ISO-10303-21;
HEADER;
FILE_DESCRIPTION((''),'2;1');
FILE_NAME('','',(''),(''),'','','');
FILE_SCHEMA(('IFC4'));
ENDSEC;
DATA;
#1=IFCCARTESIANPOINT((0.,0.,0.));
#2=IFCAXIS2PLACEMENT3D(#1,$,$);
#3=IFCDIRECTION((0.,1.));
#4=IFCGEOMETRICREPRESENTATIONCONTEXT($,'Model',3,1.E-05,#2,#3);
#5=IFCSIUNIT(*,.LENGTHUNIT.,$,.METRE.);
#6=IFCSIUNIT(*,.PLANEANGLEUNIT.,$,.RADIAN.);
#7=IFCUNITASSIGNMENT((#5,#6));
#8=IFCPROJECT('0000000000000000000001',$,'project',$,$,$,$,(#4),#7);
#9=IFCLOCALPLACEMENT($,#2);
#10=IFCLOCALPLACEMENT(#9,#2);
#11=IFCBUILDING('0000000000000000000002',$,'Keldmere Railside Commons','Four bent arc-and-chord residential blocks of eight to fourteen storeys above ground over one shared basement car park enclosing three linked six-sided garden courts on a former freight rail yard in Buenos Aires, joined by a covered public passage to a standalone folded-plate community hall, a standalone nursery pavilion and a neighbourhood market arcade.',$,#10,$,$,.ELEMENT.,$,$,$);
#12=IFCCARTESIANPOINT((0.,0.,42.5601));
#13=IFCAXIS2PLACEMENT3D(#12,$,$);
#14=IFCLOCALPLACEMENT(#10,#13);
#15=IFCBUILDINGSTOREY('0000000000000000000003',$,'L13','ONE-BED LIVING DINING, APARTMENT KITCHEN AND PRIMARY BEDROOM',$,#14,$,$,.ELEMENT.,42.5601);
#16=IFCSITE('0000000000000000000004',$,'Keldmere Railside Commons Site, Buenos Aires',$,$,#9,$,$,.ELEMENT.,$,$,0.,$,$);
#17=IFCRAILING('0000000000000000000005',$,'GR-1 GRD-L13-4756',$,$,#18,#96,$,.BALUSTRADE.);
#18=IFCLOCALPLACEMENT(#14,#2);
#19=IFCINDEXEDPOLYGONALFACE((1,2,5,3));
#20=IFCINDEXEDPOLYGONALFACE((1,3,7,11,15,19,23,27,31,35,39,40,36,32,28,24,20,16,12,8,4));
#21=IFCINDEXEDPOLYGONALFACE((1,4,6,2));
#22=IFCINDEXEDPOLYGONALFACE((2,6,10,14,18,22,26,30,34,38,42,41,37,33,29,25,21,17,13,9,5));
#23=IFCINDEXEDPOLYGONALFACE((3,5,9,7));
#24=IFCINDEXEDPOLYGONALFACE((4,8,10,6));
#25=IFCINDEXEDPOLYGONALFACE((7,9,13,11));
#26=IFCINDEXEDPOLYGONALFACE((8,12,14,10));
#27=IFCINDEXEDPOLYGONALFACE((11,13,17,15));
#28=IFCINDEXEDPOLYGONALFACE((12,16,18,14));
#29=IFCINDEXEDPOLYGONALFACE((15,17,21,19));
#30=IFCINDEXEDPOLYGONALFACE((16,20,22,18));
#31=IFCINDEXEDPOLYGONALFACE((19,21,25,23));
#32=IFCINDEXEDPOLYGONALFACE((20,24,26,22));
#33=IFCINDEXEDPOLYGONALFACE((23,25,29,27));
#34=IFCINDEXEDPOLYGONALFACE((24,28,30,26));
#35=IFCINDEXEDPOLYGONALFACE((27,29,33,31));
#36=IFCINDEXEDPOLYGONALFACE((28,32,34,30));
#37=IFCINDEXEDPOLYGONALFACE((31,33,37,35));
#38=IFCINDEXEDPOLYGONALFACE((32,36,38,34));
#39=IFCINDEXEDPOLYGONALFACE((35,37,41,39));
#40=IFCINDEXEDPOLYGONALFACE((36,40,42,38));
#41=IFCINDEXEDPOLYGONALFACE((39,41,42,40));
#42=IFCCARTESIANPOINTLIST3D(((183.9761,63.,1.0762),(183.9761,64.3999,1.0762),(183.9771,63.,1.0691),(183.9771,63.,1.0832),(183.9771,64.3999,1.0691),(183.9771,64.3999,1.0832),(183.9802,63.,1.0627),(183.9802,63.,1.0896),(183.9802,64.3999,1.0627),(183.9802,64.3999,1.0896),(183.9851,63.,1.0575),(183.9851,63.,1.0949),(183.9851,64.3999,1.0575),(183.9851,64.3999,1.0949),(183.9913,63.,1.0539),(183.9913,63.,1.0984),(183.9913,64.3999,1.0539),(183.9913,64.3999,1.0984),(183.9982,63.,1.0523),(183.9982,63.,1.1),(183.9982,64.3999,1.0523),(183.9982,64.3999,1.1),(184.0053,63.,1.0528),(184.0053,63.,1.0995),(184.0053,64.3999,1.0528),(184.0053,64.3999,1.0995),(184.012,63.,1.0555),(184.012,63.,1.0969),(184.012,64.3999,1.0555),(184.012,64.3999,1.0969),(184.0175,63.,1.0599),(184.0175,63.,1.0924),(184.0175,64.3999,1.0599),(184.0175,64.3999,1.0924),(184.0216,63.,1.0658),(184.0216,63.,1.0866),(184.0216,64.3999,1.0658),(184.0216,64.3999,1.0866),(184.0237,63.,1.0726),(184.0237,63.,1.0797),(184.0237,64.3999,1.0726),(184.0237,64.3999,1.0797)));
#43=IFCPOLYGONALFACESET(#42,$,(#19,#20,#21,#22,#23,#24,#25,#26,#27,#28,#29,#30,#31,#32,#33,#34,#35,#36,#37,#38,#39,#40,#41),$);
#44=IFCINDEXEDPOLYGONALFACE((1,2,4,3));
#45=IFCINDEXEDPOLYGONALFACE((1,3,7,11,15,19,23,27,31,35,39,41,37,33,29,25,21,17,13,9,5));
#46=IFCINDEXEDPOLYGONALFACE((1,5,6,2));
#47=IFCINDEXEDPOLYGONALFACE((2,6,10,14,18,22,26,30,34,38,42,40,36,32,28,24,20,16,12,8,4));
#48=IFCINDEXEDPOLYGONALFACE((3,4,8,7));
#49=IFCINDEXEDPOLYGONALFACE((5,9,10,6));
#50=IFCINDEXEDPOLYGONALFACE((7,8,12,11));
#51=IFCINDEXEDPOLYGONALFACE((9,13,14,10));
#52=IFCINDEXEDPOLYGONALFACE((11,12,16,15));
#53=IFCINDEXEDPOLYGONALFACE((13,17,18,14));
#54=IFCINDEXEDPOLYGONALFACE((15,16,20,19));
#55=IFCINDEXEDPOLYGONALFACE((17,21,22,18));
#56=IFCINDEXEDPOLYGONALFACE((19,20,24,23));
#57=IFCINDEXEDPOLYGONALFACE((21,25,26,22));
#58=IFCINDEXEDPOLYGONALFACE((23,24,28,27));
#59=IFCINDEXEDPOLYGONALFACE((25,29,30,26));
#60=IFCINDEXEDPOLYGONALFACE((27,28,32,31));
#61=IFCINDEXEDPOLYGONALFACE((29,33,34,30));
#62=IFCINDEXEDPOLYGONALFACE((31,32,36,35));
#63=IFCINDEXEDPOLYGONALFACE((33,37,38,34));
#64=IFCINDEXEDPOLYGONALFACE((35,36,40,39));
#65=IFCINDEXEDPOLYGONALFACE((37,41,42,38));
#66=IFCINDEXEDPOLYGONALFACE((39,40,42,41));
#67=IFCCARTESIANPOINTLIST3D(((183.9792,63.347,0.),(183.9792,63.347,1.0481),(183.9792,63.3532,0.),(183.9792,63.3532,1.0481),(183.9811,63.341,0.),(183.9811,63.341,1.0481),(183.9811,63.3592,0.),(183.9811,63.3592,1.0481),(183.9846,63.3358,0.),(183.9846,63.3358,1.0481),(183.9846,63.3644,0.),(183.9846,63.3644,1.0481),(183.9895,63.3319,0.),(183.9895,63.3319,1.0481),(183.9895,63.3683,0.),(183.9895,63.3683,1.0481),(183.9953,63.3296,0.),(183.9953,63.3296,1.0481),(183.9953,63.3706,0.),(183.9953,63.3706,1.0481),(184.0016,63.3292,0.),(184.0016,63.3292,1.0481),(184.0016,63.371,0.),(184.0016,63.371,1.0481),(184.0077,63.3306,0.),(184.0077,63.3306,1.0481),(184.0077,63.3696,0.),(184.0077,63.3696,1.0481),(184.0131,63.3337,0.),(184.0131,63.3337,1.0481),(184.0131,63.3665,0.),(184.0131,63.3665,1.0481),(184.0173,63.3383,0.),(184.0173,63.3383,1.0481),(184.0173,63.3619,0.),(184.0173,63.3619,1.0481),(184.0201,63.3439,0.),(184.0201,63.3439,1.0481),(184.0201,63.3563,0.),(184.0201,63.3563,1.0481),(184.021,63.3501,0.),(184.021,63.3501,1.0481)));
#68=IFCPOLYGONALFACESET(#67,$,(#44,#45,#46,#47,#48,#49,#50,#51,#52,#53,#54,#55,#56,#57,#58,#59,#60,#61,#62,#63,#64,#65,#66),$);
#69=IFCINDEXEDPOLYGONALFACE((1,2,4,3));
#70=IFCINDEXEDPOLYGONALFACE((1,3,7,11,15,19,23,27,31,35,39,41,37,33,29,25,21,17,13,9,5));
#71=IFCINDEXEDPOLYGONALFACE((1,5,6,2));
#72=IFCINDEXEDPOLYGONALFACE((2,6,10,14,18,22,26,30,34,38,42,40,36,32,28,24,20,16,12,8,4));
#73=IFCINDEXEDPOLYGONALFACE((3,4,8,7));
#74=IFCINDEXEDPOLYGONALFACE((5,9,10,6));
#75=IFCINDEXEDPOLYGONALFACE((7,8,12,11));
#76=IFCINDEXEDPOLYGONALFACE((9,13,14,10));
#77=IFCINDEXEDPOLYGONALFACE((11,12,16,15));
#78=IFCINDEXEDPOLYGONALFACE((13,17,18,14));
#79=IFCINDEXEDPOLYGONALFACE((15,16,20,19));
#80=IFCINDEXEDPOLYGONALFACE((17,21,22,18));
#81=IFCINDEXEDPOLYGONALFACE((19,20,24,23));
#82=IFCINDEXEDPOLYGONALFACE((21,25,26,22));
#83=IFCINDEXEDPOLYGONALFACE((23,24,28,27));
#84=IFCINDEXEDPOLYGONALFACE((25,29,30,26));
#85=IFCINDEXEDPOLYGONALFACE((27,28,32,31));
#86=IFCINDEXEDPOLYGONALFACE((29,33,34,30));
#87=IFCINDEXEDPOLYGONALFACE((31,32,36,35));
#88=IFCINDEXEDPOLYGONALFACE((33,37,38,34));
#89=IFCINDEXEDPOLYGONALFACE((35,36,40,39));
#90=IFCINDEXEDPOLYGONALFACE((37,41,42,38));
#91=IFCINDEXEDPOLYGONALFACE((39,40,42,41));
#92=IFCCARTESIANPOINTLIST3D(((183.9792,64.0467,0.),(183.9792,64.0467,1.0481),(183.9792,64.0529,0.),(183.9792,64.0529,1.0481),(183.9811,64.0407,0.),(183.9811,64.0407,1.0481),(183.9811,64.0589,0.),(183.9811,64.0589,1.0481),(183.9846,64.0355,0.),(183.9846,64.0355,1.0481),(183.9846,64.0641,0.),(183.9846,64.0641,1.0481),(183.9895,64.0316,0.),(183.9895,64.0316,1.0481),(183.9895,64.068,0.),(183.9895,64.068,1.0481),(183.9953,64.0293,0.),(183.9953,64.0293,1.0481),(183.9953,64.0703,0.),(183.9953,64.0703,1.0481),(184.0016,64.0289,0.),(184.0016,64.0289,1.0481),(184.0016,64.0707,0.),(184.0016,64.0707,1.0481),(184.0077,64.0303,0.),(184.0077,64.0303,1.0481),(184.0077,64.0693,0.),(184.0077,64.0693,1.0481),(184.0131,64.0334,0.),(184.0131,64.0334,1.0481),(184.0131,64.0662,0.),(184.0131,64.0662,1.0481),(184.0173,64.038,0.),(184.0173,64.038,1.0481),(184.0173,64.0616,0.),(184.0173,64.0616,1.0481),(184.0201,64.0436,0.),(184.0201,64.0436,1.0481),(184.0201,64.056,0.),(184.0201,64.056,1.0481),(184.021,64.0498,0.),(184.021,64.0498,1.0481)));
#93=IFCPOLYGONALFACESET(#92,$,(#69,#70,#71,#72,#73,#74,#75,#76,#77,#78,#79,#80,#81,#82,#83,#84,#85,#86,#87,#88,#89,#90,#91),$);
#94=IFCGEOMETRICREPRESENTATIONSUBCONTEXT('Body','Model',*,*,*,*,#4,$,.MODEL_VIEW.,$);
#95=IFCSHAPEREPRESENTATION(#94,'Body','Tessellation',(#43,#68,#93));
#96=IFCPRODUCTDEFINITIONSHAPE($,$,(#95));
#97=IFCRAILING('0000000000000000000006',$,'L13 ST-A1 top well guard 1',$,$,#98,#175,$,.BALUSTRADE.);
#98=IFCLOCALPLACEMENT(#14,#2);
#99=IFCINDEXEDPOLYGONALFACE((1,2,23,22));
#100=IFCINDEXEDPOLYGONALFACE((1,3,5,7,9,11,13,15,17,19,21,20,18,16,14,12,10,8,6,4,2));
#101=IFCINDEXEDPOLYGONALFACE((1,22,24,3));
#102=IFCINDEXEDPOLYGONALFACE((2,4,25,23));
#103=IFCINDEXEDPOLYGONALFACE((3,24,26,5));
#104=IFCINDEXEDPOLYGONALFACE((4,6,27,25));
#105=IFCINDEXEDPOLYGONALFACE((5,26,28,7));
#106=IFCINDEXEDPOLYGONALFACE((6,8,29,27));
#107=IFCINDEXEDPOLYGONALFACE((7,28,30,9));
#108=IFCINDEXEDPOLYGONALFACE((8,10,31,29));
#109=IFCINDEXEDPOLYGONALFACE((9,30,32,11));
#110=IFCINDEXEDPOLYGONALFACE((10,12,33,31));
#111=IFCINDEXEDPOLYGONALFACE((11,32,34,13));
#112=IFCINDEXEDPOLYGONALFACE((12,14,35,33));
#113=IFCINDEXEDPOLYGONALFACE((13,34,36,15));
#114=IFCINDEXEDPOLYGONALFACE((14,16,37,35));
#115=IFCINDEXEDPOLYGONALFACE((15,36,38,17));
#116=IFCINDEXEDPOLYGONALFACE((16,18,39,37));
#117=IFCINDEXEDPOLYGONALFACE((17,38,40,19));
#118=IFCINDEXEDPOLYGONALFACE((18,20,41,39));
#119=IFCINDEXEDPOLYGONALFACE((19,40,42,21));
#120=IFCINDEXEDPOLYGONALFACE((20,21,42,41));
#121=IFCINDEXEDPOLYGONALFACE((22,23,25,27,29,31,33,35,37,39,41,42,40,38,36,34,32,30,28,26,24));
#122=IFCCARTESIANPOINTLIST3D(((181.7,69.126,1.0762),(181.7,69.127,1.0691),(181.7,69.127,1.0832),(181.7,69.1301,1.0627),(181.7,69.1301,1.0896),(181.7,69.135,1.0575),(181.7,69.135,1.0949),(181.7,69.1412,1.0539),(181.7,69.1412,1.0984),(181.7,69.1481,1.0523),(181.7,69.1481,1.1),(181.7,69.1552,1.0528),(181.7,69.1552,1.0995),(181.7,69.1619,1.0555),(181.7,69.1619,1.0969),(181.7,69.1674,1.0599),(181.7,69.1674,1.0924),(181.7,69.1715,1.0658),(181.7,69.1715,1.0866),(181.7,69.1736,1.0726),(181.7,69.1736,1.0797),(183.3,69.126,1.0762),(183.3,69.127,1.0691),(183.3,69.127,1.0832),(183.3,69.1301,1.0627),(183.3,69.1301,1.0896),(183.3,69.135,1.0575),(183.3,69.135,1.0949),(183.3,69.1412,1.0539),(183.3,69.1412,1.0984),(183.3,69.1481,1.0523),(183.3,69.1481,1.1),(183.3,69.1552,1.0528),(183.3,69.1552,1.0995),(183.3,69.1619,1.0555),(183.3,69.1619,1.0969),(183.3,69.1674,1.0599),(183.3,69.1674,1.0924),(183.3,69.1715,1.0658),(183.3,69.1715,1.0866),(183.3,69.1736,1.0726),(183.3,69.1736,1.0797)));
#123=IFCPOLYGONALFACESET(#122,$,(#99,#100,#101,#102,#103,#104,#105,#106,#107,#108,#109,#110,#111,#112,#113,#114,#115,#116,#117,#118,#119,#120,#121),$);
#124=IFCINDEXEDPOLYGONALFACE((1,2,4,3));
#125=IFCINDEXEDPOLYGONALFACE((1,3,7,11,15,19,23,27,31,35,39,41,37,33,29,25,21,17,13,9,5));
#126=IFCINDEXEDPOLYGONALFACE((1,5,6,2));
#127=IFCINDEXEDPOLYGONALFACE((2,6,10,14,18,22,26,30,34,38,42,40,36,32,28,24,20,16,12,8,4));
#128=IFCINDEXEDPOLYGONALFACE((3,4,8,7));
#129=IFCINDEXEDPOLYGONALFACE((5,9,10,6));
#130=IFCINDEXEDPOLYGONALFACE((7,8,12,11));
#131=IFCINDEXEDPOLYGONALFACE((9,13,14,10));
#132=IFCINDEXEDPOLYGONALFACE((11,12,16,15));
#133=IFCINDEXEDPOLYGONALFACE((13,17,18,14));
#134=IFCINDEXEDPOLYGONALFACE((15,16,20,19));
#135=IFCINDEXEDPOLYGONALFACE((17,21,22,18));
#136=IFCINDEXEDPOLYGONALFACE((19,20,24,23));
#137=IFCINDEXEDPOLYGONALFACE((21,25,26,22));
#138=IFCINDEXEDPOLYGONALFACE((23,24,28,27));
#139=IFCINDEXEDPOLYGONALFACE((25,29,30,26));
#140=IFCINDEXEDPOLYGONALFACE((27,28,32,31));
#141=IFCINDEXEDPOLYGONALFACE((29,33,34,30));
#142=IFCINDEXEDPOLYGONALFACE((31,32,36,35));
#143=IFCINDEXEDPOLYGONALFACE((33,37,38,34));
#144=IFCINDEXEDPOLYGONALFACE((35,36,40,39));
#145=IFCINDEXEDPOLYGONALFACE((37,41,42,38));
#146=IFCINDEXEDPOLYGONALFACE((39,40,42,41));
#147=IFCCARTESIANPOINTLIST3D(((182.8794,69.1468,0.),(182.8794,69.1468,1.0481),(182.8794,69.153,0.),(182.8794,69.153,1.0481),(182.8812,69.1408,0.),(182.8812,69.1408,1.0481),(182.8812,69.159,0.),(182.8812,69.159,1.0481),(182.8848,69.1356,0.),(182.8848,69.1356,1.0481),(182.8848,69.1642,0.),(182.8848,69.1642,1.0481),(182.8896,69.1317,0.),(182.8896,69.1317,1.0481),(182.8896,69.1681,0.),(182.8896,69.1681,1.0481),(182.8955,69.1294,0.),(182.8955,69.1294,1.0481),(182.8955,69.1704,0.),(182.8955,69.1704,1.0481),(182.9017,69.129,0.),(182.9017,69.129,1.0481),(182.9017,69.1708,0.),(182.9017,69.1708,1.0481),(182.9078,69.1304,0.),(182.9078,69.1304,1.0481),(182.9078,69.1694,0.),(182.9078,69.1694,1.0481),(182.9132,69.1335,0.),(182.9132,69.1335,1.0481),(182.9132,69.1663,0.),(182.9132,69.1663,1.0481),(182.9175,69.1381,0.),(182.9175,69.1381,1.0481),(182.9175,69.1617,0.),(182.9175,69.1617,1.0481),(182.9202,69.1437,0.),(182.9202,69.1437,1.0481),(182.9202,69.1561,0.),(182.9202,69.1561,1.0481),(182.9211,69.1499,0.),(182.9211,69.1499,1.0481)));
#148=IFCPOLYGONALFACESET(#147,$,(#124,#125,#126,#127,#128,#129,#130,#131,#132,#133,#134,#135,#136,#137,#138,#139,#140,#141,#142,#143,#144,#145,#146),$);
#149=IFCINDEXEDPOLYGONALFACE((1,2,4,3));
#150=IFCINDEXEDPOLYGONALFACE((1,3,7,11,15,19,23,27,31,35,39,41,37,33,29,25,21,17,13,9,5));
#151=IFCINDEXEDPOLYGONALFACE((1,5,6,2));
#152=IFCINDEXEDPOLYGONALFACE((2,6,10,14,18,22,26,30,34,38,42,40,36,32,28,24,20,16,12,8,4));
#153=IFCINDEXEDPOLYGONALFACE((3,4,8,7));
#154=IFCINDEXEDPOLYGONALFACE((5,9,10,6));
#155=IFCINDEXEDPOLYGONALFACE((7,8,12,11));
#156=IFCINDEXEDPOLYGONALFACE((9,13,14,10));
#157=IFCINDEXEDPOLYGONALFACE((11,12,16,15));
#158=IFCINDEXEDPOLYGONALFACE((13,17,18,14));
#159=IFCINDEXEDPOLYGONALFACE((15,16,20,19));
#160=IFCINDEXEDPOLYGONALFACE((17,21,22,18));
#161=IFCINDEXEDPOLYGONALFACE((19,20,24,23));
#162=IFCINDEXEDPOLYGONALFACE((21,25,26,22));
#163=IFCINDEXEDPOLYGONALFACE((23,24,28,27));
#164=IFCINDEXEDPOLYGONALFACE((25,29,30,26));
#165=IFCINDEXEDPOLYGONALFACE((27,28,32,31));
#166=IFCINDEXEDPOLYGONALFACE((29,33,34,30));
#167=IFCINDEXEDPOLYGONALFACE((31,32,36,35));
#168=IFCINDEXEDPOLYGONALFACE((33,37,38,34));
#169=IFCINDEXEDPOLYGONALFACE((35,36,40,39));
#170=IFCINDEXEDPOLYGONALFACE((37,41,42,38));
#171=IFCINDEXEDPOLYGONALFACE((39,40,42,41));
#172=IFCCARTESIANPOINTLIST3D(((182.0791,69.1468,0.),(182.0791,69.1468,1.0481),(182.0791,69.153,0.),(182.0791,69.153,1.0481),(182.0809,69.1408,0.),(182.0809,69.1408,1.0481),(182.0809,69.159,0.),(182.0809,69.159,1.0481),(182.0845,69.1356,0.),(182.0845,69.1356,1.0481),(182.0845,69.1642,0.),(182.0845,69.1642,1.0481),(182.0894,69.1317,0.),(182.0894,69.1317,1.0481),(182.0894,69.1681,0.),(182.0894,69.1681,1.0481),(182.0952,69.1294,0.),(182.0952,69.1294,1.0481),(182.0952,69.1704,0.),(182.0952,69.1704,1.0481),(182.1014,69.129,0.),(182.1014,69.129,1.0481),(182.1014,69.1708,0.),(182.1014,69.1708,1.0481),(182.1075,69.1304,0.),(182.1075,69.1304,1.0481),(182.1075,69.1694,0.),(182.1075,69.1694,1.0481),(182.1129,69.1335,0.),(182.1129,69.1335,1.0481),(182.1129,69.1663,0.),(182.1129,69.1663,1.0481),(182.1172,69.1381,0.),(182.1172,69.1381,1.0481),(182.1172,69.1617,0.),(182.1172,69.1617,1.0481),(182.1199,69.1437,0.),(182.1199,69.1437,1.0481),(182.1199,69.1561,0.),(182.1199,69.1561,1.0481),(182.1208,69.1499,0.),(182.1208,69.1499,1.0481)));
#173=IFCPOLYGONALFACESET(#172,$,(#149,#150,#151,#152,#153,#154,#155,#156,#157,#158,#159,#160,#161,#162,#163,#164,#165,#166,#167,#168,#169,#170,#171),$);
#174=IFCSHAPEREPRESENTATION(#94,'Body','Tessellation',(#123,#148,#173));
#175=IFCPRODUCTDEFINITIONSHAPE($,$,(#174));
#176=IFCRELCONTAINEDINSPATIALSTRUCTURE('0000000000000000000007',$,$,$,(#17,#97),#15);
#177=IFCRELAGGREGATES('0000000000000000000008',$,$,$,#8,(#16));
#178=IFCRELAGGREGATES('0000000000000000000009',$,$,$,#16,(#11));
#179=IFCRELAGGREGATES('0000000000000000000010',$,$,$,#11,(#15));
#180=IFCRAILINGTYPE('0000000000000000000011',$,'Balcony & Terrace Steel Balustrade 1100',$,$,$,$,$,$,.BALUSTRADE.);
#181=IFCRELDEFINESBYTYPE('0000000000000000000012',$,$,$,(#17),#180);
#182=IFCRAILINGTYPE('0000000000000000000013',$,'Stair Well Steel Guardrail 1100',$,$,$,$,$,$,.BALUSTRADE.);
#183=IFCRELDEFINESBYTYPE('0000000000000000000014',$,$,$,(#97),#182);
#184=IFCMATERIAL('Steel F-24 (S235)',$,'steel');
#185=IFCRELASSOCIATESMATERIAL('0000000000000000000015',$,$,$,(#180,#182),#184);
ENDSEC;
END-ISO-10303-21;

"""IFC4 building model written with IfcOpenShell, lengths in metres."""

from ifc_helpers import new_model, si_unit, direction, frame, origin, origin_2d, place, context, subcontext, project, spatial, circle, extrude, material, type_object, element, save


model = new_model("IFC4")

# Units and contexts
model_context = context("Model", 3, precision=1e-05, world=origin(), true_north=direction((0.0, 1.0)))
body_context = subcontext(model_context, "Body", "Model", "MODEL_VIEW")
ifc_project = project(units=[si_unit("LENGTHUNIT", "METRE"), si_unit("PLANEANGLEUNIT", "RADIAN")], contexts=[model_context])

# Site, building, storey
site_placement = place(None, origin())
site = spatial("IfcSite", under=ifc_project, at=site_placement, Name="Keldmere Railside Commons Site, Buenos Aires", CompositionType="ELEMENT", RefElevation=0.0)
building_placement = place(site_placement, origin())
building = spatial("IfcBuilding", under=site, at=building_placement, Name="Keldmere Railside Commons", Description="Four bent arc-and-chord residential blocks of eight to fourteen storeys above ground over one shared basement car park enclosing three linked six-sided garden courts on a former freight rail yard in Buenos Aires, joined by a covered public passage to a standalone folded-plate community hall, a standalone nursery pavilion and a neighbourhood market arcade.", CompositionType="ELEMENT")
storey_placement = place(building_placement, frame((0.0, 0.0, 42.5601)))
storey = spatial("IfcBuildingStorey", under=building, at=storey_placement, Name="L13", Description="ONE-BED LIVING DINING, APARTMENT KITCHEN AND PRIMARY BEDROOM", CompositionType="ELEMENT", Elevation=42.5601)

# Shared definitions
ifc_material_1 = material(Name="Steel F-24 (S235)", Category="steel")

# Railings
railing_type_1 = type_object("IfcRailingType", Name="Balcony & Terrace Steel Balustrade 1100", PredefinedType="BALUSTRADE", material=ifc_material_1)
railing_1_placement = place(storey_placement, frame((184.0, 63.0, 0.0)))
element("IfcRailing", 1, at=railing_1_placement, inside=storey, type_object=railing_type_1, Name="GR-1 GRD-L13-4756", PredefinedType="BALUSTRADE", context=body_context, shape_type="SweptSolid", body=[
    extrude(circle(Radius=0.0239, at=origin_2d()), frame((0.0, 0.0, 1.0762), z_axis=(0.0, 1.0, 0.0), x_axis=(-1.0, 0.0, 0.0)), (0.0, 0.0, 1.0), 1.3999),
    extrude(circle(Radius=0.021, at=origin_2d()), frame((0.0, 0.3501, 0.0)), (0.0, 0.0, 1.0), 1.0481),
    extrude(circle(Radius=0.021, at=origin_2d()), frame((0.0, 1.0498, 0.0)), (0.0, 0.0, 1.0), 1.0481),
])
railing_type_2 = type_object("IfcRailingType", Name="Stair Well Steel Guardrail 1100", PredefinedType="BALUSTRADE", material=ifc_material_1)
railing_2_placement = place(storey_placement, frame((183.3, 69.1499, 0.0)))
element("IfcRailing", 2, at=railing_2_placement, inside=storey, type_object=railing_type_2, Name="L13 ST-A1 top well guard 1", PredefinedType="BALUSTRADE", context=body_context, shape_type="SweptSolid", body=[
    extrude(circle(Radius=0.0239, at=origin_2d()), frame((0.0, 0.0, 1.0762), z_axis=(-1.0, 0.0, 0.0), x_axis=(0.0, -1.0, 0.0)), (0.0, 0.0, 1.0), 1.6001),
    extrude(circle(Radius=0.021, at=origin_2d()), frame((-0.3999, 0.0, 0.0)), (0.0, 0.0, 1.0), 1.0481),
    extrude(circle(Radius=0.021, at=origin_2d()), frame((-1.2002, 0.0, 0.0)), (0.0, 0.0, 1.0), 1.0481),
])

save(model, "model.ifc")
